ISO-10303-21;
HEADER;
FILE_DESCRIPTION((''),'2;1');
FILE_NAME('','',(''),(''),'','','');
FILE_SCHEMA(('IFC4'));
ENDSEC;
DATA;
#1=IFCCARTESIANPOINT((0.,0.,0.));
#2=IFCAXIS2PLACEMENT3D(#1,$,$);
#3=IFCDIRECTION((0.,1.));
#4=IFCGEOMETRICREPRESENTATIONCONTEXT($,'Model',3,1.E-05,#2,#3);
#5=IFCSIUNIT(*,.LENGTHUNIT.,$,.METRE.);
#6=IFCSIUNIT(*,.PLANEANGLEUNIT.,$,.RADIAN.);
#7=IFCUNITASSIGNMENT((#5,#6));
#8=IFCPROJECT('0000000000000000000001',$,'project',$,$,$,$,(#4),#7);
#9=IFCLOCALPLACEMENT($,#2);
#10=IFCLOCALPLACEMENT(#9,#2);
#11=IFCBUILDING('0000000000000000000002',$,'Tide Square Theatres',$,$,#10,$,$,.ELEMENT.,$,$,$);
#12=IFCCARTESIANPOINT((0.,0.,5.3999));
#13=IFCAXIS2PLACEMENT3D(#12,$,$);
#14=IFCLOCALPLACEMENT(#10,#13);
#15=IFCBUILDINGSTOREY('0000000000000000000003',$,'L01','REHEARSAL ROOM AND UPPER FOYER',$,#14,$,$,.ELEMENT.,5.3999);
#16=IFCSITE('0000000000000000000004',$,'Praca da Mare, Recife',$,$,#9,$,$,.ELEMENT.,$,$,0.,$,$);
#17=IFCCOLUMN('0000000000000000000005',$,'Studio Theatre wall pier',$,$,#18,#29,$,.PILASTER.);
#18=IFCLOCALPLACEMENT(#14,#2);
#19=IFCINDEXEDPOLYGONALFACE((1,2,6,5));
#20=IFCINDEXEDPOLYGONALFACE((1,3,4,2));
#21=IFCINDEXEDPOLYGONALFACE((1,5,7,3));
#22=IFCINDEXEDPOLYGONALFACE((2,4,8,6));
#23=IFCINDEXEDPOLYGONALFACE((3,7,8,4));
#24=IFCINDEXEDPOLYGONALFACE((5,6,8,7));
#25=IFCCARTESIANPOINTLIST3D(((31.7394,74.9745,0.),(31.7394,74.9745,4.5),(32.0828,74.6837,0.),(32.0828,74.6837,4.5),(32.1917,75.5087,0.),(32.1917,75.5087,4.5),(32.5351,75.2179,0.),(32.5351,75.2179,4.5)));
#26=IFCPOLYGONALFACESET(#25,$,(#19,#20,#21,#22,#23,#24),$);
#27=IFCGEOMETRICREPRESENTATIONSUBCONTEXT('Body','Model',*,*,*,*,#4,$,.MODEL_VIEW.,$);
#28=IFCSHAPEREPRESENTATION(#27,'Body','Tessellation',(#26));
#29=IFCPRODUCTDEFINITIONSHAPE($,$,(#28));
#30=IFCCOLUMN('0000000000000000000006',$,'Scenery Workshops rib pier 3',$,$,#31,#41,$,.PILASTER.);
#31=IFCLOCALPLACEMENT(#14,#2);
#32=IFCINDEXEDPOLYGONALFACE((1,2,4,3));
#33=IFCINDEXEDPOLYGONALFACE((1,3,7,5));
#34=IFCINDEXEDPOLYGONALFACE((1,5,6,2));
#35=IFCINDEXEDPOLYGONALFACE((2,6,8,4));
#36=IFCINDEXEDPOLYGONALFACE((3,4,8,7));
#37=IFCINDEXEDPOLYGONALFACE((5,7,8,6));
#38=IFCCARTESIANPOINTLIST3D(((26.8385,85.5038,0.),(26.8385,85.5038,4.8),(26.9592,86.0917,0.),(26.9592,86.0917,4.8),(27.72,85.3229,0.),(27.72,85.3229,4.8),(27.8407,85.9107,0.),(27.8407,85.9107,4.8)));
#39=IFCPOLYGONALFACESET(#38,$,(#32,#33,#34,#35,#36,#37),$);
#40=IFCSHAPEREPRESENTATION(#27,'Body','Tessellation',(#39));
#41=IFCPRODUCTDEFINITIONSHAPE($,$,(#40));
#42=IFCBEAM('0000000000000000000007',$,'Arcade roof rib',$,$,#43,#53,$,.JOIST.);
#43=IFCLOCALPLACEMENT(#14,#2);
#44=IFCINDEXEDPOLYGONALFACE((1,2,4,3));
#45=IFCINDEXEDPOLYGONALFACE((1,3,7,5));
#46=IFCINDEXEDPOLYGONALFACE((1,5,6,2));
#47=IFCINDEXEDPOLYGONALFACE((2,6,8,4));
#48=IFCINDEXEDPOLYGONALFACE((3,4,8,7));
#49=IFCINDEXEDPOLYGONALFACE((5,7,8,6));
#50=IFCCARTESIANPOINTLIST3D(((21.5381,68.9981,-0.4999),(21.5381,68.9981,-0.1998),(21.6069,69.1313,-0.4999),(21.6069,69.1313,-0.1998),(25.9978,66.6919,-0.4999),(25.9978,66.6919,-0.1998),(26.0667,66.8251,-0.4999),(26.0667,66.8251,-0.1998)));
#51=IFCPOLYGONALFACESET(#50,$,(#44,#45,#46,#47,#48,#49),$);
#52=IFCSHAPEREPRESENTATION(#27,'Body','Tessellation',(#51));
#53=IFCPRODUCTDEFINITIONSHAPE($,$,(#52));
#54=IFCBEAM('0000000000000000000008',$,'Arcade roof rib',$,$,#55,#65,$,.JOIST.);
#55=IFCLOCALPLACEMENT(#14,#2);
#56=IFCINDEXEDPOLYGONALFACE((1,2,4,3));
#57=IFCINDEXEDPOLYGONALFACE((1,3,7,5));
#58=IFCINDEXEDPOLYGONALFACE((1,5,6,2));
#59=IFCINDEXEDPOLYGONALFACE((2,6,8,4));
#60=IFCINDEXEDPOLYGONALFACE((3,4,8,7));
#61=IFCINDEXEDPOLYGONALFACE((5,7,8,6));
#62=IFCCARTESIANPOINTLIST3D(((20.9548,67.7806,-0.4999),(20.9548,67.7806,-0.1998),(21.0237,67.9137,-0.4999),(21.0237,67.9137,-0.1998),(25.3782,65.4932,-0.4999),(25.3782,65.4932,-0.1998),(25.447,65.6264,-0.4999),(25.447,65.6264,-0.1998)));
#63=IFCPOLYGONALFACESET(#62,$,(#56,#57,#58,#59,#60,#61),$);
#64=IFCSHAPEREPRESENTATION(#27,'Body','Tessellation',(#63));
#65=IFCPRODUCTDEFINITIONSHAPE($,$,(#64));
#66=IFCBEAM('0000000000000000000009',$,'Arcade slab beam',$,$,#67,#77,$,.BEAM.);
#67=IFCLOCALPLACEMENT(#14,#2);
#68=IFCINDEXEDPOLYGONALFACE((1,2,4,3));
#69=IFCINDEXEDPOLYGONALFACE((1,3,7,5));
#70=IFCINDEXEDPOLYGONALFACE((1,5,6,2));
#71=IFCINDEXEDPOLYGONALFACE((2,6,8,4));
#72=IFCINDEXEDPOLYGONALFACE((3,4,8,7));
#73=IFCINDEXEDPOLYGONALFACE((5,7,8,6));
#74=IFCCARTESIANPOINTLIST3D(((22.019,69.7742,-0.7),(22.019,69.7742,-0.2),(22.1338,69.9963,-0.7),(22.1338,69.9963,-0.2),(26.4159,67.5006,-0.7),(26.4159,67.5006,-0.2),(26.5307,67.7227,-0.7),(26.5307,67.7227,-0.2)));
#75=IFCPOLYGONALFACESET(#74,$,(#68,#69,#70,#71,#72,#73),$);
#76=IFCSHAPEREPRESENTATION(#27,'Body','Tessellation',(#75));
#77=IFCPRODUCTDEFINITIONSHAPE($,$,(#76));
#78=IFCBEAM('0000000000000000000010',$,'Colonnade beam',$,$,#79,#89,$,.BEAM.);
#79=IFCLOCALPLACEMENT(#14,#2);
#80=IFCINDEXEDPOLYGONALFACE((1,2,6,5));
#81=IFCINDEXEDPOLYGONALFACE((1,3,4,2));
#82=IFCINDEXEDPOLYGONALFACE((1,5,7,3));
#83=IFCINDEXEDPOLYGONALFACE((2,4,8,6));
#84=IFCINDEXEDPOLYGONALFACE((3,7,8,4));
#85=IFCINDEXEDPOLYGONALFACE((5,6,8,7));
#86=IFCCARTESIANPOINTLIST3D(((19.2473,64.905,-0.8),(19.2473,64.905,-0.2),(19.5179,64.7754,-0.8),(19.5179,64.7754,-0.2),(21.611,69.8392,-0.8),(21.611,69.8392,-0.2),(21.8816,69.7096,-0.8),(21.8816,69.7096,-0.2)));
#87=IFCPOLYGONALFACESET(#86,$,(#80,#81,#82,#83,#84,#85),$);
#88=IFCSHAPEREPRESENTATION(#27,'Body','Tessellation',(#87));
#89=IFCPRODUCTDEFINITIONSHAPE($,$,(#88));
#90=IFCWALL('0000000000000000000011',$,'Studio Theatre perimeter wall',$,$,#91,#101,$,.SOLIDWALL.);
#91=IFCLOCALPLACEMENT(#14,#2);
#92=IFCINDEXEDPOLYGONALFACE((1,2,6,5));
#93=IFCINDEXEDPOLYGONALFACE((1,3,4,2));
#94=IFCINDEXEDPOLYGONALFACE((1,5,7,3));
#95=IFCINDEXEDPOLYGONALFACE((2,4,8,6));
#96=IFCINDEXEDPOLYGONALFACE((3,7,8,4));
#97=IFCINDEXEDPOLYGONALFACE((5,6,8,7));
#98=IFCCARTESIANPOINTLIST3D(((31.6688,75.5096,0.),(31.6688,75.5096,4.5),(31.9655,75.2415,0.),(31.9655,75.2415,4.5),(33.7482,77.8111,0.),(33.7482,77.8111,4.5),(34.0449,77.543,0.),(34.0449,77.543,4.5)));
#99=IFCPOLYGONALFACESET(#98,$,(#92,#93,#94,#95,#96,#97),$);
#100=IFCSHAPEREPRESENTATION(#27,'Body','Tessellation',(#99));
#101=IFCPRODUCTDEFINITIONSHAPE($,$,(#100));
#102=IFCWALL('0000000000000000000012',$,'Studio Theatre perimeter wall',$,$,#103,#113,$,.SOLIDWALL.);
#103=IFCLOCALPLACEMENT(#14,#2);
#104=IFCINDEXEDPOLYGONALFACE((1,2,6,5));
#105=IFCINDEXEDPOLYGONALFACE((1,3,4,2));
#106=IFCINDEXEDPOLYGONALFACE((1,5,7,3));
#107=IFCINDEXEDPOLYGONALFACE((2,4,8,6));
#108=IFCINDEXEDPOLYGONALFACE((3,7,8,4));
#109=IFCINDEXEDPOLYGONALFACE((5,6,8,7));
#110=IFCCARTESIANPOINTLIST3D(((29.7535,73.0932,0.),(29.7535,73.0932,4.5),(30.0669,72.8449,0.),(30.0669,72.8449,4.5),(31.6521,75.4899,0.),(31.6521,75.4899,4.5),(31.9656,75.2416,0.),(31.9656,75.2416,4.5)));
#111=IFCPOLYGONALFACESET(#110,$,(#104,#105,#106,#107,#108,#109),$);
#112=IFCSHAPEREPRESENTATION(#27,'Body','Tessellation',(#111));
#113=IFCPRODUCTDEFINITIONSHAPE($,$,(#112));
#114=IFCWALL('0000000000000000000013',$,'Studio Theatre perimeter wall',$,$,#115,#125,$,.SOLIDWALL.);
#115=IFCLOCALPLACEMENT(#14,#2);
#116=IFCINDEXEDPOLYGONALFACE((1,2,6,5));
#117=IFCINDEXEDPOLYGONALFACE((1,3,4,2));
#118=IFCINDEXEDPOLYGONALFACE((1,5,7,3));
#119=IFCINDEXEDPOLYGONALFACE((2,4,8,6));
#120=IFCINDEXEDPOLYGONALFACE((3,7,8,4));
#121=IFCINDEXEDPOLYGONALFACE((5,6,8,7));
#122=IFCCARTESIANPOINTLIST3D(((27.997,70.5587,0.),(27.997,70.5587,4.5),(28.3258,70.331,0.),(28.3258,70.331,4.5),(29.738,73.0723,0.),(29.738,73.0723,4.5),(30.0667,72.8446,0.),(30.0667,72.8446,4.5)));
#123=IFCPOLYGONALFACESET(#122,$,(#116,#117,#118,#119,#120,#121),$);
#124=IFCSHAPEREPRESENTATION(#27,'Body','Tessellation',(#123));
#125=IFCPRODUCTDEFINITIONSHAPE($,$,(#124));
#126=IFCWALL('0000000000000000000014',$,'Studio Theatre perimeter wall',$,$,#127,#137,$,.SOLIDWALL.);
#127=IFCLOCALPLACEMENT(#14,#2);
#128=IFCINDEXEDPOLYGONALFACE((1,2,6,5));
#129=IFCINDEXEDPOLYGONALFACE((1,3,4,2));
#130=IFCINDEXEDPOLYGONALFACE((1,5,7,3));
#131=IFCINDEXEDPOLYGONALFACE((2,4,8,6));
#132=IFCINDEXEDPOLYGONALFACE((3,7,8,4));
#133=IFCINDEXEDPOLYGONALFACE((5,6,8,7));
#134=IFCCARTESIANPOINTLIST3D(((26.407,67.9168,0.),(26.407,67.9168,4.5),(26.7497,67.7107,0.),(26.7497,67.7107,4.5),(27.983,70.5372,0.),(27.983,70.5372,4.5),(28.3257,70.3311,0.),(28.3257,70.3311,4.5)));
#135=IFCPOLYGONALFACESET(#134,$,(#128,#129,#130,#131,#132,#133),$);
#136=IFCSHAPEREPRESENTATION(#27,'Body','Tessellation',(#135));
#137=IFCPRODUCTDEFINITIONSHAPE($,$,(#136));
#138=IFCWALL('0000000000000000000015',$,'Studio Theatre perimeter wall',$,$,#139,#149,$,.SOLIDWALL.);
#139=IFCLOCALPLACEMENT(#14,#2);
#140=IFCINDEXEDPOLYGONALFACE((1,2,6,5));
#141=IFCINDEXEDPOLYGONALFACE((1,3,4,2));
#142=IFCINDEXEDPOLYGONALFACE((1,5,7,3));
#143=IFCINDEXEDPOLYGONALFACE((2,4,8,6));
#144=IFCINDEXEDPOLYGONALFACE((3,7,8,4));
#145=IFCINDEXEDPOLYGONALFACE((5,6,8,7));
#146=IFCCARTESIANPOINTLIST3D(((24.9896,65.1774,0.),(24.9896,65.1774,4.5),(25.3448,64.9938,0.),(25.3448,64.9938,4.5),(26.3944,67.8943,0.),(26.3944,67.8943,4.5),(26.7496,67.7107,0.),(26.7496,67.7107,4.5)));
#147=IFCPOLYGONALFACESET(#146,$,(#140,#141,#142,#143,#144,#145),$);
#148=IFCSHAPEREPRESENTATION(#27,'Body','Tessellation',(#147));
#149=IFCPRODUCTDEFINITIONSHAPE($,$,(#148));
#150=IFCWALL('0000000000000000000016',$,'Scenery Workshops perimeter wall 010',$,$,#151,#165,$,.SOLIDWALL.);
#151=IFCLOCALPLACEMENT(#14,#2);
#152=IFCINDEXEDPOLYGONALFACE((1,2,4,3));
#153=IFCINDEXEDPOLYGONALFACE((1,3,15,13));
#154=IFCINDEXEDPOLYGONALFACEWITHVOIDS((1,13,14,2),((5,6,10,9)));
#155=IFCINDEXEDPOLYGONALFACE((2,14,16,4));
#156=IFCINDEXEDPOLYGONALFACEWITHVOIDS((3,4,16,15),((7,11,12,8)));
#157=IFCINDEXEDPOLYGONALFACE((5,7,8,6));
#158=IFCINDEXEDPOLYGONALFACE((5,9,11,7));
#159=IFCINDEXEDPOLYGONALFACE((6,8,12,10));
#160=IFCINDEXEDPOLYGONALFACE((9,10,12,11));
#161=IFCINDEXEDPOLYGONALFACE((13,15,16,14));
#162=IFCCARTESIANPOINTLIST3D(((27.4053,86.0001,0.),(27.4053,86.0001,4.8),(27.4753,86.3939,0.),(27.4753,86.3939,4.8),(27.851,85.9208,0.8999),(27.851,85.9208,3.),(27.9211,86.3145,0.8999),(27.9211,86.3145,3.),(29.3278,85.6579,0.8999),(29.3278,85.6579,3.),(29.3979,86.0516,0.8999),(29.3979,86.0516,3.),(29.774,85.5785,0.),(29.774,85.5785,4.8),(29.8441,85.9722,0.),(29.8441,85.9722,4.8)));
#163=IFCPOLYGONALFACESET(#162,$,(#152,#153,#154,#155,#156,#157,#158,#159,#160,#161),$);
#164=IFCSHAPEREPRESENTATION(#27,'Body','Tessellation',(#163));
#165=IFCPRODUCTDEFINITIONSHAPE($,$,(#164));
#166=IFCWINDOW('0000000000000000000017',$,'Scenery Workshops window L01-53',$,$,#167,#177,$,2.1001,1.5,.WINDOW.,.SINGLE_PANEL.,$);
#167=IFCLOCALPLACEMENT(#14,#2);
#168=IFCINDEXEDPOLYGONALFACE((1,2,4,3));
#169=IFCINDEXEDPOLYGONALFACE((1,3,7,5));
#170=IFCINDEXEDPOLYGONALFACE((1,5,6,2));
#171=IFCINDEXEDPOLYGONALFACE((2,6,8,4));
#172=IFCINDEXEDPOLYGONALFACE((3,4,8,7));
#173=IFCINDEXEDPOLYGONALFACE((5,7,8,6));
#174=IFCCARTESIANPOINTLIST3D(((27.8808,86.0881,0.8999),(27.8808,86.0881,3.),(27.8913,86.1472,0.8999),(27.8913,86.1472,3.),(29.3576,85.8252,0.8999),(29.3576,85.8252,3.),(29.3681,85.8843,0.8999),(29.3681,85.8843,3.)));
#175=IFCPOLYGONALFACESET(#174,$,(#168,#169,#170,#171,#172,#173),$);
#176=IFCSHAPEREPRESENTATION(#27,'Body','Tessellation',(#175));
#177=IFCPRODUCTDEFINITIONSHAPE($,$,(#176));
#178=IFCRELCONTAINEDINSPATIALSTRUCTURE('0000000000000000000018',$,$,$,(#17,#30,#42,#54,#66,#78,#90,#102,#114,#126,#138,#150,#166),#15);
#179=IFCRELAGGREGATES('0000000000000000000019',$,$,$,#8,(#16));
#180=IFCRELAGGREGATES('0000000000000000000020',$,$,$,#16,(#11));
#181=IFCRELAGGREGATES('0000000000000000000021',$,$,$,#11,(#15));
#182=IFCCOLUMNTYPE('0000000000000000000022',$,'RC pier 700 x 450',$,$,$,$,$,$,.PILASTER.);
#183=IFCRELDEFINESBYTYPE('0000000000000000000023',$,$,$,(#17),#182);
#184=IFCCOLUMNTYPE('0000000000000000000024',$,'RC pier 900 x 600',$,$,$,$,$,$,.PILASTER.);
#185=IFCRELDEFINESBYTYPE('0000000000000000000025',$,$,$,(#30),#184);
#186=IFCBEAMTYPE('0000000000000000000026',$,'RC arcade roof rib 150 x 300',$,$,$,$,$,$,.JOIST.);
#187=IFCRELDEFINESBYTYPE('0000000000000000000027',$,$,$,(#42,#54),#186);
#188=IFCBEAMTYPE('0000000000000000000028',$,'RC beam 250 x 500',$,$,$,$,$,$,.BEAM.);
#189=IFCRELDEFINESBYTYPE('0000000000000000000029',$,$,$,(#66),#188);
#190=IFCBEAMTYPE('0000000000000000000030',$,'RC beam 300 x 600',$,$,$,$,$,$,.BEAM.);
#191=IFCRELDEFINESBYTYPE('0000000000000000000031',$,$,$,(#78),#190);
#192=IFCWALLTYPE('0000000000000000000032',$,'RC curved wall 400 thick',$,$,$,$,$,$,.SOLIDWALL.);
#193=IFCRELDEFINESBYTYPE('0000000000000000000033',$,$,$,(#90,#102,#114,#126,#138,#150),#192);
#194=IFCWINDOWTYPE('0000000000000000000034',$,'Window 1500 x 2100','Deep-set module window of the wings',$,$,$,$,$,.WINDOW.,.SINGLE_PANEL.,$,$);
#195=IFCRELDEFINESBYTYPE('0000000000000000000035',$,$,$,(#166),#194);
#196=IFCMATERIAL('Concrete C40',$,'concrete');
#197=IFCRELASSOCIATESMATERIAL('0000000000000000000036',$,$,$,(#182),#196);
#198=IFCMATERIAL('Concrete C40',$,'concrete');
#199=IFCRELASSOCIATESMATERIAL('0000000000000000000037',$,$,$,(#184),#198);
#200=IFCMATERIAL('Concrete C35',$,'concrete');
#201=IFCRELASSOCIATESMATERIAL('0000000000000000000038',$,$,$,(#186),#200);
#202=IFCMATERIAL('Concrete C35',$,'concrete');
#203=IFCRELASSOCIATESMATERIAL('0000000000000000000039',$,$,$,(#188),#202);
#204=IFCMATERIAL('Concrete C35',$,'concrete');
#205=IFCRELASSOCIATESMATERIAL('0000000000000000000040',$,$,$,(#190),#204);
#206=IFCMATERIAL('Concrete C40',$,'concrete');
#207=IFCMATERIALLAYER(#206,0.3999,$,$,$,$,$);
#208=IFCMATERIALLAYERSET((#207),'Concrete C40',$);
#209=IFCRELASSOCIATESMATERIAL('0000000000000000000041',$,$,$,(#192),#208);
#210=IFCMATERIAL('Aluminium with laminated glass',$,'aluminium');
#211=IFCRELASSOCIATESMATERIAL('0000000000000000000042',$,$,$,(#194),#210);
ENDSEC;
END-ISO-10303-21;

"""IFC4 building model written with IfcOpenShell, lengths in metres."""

from ifc_helpers import new_model, si_unit, direction, frame, frame_2d, origin, origin_2d, place, context, subcontext, project, spatial, rectangle, extrude, material, layer, layer_set, material_profile, profile_set, type_object, element, fill, save


model = new_model("IFC4")

# Units and contexts
model_context = context("Model", 3, precision=1e-05, world=origin(), true_north=direction((0.0, 1.0)))
body_context = subcontext(model_context, "Body", "Model", "MODEL_VIEW")
ifc_project = project(units=[si_unit("LENGTHUNIT", "METRE"), si_unit("PLANEANGLEUNIT", "RADIAN")], contexts=[model_context])

# Site, building, storey
site_placement = place(None, origin())
site = spatial("IfcSite", under=ifc_project, at=site_placement, Name="Praca da Mare, Recife", CompositionType="ELEMENT", RefElevation=0.0)
building_placement = place(site_placement, origin())
building = spatial("IfcBuilding", under=site, at=building_placement, Name="Tide Square Theatres", CompositionType="ELEMENT")
storey_placement = place(building_placement, frame((0.0, 0.0, 5.3999)))
storey = spatial("IfcBuildingStorey", under=building, at=storey_placement, Name="L01", Description="REHEARSAL ROOM AND UPPER FOYER", CompositionType="ELEMENT", Elevation=5.3999)

# Columns
ifc_material_1 = material(Name="Concrete C40", Category="concrete")
ifc_material_profile_1 = material_profile(ifc_material_1, rectangle(XDim=0.7, YDim=0.45, at=origin_2d()))
ifc_profile_set_1 = profile_set([ifc_material_profile_1], Name="Concrete C40")
column_type_1 = type_object("IfcColumnType", Name="RC pier 700 x 450", PredefinedType="PILASTER", material=ifc_profile_set_1)
column_1_placement = place(storey_placement, frame((32.1372, 75.0962, 0.0), z_axis=(0.0, 0.0, 1.0), x_axis=(-0.646184, -0.763182, 0.0)))
element("IfcColumn", 1, at=column_1_placement, inside=storey, type_object=column_type_1, Name="Studio Theatre wall pier", PredefinedType="PILASTER", context=body_context, shape_type="SweptSolid", body=[
    extrude(rectangle(XDim=0.7, YDim=0.45, at=origin_2d()), origin(), (0.0, 0.0, 1.0), 4.5),
])
ifc_material_2 = material(Name="Concrete C40", Category="concrete")
ifc_material_profile_2 = material_profile(ifc_material_2, rectangle(XDim=0.8999, YDim=0.6001, at=origin_2d()))
ifc_profile_set_2 = profile_set([ifc_material_profile_2], Name="Concrete C40")
column_type_2 = type_object("IfcColumnType", Name="RC pier 900 x 600", PredefinedType="PILASTER", material=ifc_profile_set_2)
column_2_placement = place(storey_placement, frame((27.3396, 85.7073, 0.0), z_axis=(0.0, 0.0, 1.0), x_axis=(0.979575, -0.201079, 0.0)))
element("IfcColumn", 2, at=column_2_placement, inside=storey, type_object=column_type_2, Name="Scenery Workshops rib pier 3", PredefinedType="PILASTER", context=body_context, shape_type="SweptSolid", body=[
    extrude(rectangle(XDim=0.8999, YDim=0.6001, at=origin_2d()), origin(), (0.0, 0.0, 1.0), 4.8),
])

# Beams
ifc_material_3 = material(Name="Concrete C35", Category="concrete")
ifc_material_profile_3 = material_profile(ifc_material_3, rectangle(XDim=0.1499, YDim=0.3, at=origin_2d()))
ifc_profile_set_3 = profile_set([ifc_material_profile_3], Name="Concrete C35")
beam_type_1 = type_object("IfcBeamType", Name="RC arcade roof rib 150 x 300", PredefinedType="JOIST", material=ifc_profile_set_3)
beam_1_placement = place(storey_placement, frame((21.5725, 69.0647, -0.3499), z_axis=(0.888266, -0.459329, 0.0), x_axis=(0.459329, 0.888266, 0.0)))
element("IfcBeam", 3, at=beam_1_placement, inside=storey, type_object=beam_type_1, Name="Arcade roof rib", PredefinedType="JOIST", context=body_context, shape_type="SweptSolid", body=[
    extrude(rectangle(XDim=0.1499, YDim=0.3, at=origin_2d()), origin(), (0.0, 0.0, 1.0), 5.0208),
])
beam_2_placement = place(storey_placement, frame((20.9893, 67.8472, -0.3499), z_axis=(0.888265, -0.459331, 0.0), x_axis=(0.459331, 0.888265, 0.0)))
element("IfcBeam", 4, at=beam_2_placement, inside=storey, type_object=beam_type_1, Name="Arcade roof rib", PredefinedType="JOIST", context=body_context, shape_type="SweptSolid", body=[
    extrude(rectangle(XDim=0.1499, YDim=0.3, at=origin_2d()), origin(), (0.0, 0.0, 1.0), 4.9797),
])
ifc_material_4 = material(Name="Concrete C35", Category="concrete")
ifc_material_profile_4 = material_profile(ifc_material_4, rectangle(XDim=0.25, YDim=0.5, at=origin_2d()))
ifc_profile_set_4 = profile_set([ifc_material_profile_4], Name="Concrete C35")
beam_type_2 = type_object("IfcBeamType", Name="RC beam 250 x 500", PredefinedType="BEAM", material=ifc_profile_set_4)
beam_3_placement = place(storey_placement, frame((22.0764, 69.8853, -0.45), z_axis=(0.888268, -0.459325, 0.0), x_axis=(0.459325, 0.888268, 0.0)))
element("IfcBeam", 5, at=beam_3_placement, inside=storey, type_object=beam_type_2, Name="Arcade slab beam", PredefinedType="BEAM", context=body_context, shape_type="SweptSolid", body=[
    extrude(rectangle(XDim=0.25, YDim=0.5, at=origin_2d()), origin(), (0.0, 0.0, 1.0), 4.95),
])
ifc_material_5 = material(Name="Concrete C35", Category="concrete")
ifc_material_profile_5 = material_profile(ifc_material_5, rectangle(XDim=0.3, YDim=0.6001, at=origin_2d()))
ifc_profile_set_5 = profile_set([ifc_material_profile_5], Name="Concrete C35")
beam_type_3 = type_object("IfcBeamType", Name="RC beam 300 x 600", PredefinedType="BEAM", material=ifc_profile_set_5)
beam_4_placement = place(storey_placement, frame((21.7463, 69.7744, -0.5), z_axis=(-0.432032, -0.901858, 0.0), x_axis=(0.901858, -0.432032, 0.0)))
element("IfcBeam", 6, at=beam_4_placement, inside=storey, type_object=beam_type_3, Name="Colonnade beam", PredefinedType="BEAM", context=body_context, shape_type="SweptSolid", body=[
    extrude(rectangle(XDim=0.3, YDim=0.6001, at=origin_2d()), origin(), (0.0, 0.0, 1.0), 5.4712),
])

# Walls
ifc_material_6 = material(Name="Concrete C40", Category="concrete")
ifc_layer_1 = layer(ifc_material_6, 0.3999)
ifc_layer_set_1 = layer_set([ifc_layer_1], Name="Concrete C40")
wall_type_1 = type_object("IfcWallType", Name="RC curved wall 400 thick", PredefinedType="SOLIDWALL", material=ifc_layer_set_1)
wall_1_placement = place(storey_placement, frame((33.8965, 77.677, 0.0), z_axis=(0.0, 0.0, 1.0), x_axis=(-0.670386, -0.742013, 0.0)))
element("IfcWall", 7, at=wall_1_placement, inside=storey, type_object=wall_type_1, Name="Studio Theatre perimeter wall", PredefinedType="SOLIDWALL", context=body_context, shape_type="SweptSolid", body=[
    extrude(rectangle(XDim=3.1018, YDim=0.3999, at=frame_2d((1.5508, 0.0))), origin(), (0.0, 0.0, 1.0), 4.5),
])
for number, where, z_axis, x_axis, name in (
    (8, (31.8088, 75.3657, 0.0), (0.0, 0.0, 1.0), (-0.620959, -0.783843, 0.0), "Studio Theatre perimeter wall"),
    (9, (29.9023, 72.9585, 0.0), (0.0, 0.0, 1.0), (-0.569372, -0.82208, 0.0), "Studio Theatre perimeter wall"),
):
    element("IfcWall", number, at=place(storey_placement, frame(where, z_axis=z_axis, x_axis=x_axis)), inside=storey, type_object=wall_type_1, Name=name, PredefinedType="SOLIDWALL", context=body_context, shape_type="SweptSolid", body=[
        extrude(rectangle(XDim=3.0576, YDim=0.3999, at=frame_2d((1.5288, 0.0))), origin(), (0.0, 0.0, 1.0), 4.5),
    ])
wall_2_placement = place(storey_placement, frame((28.1543, 70.4341, 0.0), z_axis=(0.0, 0.0, 1.0), x_axis=(-0.515388, -0.856957, 0.0)))
element("IfcWall", 10, at=wall_2_placement, inside=storey, type_object=wall_type_1, Name="Studio Theatre perimeter wall", PredefinedType="SOLIDWALL", context=body_context, shape_type="SweptSolid", body=[
    extrude(rectangle(XDim=3.0579, YDim=0.3999, at=frame_2d((1.5288, 0.0))), origin(), (0.0, 0.0, 1.0), 4.5),
])
wall_3_placement = place(storey_placement, frame((26.572, 67.8025, 0.0), z_axis=(0.0, 0.0, 1.0), x_axis=(-0.459306, -0.888278, 0.0)))
element("IfcWall", 11, at=wall_3_placement, inside=storey, type_object=wall_type_1, Name="Studio Theatre perimeter wall", PredefinedType="SOLIDWALL", context=body_context, shape_type="SweptSolid", body=[
    extrude(rectangle(XDim=3.0586, YDim=0.3999, at=frame_2d((1.5293, 0.0))), origin(), (0.0, 0.0, 1.0), 4.5),
])

# Wall, opening, window
wall_4_placement = place(storey_placement, frame((27.4402, 86.197, 0.0), z_axis=(0.0, 0.0, 1.0), x_axis=(0.984524, -0.17525, 0.0)))
wall_4 = element("IfcWall", 12, at=wall_4_placement, inside=storey, type_object=wall_type_1, Name="Scenery Workshops perimeter wall 010", PredefinedType="SOLIDWALL", context=body_context, shape_type="SweptSolid", body=[
    extrude(rectangle(XDim=2.406, YDim=0.3999, at=frame_2d((1.2031, 0.0))), origin(), (0.0, 0.0, 1.0), 4.8),
])
opening_1_placement = place(wall_4_placement, frame((0.4529, 0.0, 0.8999)))
opening_1 = element("IfcOpeningElement", 13, at=opening_1_placement, cuts=wall_4, PredefinedType="OPENING", context=body_context, shape_type="SweptSolid", body=[
    extrude(rectangle(XDim=1.5, YDim=2.1001, at=frame_2d((0.75, 1.05))), frame((0.0, 0.21, 0.0), z_axis=(0.0, -1.0, 0.0), x_axis=(1.0, 0.0, 0.0)), (0.0, 0.0, 1.0), 0.4199),
])
ifc_material_7 = material(Name="Aluminium with laminated glass", Category="aluminium")
window_type = type_object("IfcWindowType", Name="Window 1500 x 2100", Description="Deep-set module window of the wings", PartitioningType="SINGLE_PANEL", PredefinedType="WINDOW", material=ifc_material_7)
window_1_placement = place(opening_1_placement, origin())
window_1 = element("IfcWindow", 14, at=window_1_placement, inside=storey, type_object=window_type, Name="Scenery Workshops window L01-53", OverallHeight=2.1001, OverallWidth=1.5, PartitioningType="SINGLE_PANEL", PredefinedType="WINDOW", context=body_context, shape_type="SweptSolid", body=[
    extrude(rectangle(XDim=1.5, YDim=2.1001, at=frame_2d((0.75, 1.05))), frame((0.0, 0.03, 0.0), z_axis=(0.0, -1.0, 0.0), x_axis=(1.0, 0.0, 0.0)), (0.0, 0.0, 1.0), 0.0601),
])
fill(opening_1, window_1)

save(model, "model.ifc")
